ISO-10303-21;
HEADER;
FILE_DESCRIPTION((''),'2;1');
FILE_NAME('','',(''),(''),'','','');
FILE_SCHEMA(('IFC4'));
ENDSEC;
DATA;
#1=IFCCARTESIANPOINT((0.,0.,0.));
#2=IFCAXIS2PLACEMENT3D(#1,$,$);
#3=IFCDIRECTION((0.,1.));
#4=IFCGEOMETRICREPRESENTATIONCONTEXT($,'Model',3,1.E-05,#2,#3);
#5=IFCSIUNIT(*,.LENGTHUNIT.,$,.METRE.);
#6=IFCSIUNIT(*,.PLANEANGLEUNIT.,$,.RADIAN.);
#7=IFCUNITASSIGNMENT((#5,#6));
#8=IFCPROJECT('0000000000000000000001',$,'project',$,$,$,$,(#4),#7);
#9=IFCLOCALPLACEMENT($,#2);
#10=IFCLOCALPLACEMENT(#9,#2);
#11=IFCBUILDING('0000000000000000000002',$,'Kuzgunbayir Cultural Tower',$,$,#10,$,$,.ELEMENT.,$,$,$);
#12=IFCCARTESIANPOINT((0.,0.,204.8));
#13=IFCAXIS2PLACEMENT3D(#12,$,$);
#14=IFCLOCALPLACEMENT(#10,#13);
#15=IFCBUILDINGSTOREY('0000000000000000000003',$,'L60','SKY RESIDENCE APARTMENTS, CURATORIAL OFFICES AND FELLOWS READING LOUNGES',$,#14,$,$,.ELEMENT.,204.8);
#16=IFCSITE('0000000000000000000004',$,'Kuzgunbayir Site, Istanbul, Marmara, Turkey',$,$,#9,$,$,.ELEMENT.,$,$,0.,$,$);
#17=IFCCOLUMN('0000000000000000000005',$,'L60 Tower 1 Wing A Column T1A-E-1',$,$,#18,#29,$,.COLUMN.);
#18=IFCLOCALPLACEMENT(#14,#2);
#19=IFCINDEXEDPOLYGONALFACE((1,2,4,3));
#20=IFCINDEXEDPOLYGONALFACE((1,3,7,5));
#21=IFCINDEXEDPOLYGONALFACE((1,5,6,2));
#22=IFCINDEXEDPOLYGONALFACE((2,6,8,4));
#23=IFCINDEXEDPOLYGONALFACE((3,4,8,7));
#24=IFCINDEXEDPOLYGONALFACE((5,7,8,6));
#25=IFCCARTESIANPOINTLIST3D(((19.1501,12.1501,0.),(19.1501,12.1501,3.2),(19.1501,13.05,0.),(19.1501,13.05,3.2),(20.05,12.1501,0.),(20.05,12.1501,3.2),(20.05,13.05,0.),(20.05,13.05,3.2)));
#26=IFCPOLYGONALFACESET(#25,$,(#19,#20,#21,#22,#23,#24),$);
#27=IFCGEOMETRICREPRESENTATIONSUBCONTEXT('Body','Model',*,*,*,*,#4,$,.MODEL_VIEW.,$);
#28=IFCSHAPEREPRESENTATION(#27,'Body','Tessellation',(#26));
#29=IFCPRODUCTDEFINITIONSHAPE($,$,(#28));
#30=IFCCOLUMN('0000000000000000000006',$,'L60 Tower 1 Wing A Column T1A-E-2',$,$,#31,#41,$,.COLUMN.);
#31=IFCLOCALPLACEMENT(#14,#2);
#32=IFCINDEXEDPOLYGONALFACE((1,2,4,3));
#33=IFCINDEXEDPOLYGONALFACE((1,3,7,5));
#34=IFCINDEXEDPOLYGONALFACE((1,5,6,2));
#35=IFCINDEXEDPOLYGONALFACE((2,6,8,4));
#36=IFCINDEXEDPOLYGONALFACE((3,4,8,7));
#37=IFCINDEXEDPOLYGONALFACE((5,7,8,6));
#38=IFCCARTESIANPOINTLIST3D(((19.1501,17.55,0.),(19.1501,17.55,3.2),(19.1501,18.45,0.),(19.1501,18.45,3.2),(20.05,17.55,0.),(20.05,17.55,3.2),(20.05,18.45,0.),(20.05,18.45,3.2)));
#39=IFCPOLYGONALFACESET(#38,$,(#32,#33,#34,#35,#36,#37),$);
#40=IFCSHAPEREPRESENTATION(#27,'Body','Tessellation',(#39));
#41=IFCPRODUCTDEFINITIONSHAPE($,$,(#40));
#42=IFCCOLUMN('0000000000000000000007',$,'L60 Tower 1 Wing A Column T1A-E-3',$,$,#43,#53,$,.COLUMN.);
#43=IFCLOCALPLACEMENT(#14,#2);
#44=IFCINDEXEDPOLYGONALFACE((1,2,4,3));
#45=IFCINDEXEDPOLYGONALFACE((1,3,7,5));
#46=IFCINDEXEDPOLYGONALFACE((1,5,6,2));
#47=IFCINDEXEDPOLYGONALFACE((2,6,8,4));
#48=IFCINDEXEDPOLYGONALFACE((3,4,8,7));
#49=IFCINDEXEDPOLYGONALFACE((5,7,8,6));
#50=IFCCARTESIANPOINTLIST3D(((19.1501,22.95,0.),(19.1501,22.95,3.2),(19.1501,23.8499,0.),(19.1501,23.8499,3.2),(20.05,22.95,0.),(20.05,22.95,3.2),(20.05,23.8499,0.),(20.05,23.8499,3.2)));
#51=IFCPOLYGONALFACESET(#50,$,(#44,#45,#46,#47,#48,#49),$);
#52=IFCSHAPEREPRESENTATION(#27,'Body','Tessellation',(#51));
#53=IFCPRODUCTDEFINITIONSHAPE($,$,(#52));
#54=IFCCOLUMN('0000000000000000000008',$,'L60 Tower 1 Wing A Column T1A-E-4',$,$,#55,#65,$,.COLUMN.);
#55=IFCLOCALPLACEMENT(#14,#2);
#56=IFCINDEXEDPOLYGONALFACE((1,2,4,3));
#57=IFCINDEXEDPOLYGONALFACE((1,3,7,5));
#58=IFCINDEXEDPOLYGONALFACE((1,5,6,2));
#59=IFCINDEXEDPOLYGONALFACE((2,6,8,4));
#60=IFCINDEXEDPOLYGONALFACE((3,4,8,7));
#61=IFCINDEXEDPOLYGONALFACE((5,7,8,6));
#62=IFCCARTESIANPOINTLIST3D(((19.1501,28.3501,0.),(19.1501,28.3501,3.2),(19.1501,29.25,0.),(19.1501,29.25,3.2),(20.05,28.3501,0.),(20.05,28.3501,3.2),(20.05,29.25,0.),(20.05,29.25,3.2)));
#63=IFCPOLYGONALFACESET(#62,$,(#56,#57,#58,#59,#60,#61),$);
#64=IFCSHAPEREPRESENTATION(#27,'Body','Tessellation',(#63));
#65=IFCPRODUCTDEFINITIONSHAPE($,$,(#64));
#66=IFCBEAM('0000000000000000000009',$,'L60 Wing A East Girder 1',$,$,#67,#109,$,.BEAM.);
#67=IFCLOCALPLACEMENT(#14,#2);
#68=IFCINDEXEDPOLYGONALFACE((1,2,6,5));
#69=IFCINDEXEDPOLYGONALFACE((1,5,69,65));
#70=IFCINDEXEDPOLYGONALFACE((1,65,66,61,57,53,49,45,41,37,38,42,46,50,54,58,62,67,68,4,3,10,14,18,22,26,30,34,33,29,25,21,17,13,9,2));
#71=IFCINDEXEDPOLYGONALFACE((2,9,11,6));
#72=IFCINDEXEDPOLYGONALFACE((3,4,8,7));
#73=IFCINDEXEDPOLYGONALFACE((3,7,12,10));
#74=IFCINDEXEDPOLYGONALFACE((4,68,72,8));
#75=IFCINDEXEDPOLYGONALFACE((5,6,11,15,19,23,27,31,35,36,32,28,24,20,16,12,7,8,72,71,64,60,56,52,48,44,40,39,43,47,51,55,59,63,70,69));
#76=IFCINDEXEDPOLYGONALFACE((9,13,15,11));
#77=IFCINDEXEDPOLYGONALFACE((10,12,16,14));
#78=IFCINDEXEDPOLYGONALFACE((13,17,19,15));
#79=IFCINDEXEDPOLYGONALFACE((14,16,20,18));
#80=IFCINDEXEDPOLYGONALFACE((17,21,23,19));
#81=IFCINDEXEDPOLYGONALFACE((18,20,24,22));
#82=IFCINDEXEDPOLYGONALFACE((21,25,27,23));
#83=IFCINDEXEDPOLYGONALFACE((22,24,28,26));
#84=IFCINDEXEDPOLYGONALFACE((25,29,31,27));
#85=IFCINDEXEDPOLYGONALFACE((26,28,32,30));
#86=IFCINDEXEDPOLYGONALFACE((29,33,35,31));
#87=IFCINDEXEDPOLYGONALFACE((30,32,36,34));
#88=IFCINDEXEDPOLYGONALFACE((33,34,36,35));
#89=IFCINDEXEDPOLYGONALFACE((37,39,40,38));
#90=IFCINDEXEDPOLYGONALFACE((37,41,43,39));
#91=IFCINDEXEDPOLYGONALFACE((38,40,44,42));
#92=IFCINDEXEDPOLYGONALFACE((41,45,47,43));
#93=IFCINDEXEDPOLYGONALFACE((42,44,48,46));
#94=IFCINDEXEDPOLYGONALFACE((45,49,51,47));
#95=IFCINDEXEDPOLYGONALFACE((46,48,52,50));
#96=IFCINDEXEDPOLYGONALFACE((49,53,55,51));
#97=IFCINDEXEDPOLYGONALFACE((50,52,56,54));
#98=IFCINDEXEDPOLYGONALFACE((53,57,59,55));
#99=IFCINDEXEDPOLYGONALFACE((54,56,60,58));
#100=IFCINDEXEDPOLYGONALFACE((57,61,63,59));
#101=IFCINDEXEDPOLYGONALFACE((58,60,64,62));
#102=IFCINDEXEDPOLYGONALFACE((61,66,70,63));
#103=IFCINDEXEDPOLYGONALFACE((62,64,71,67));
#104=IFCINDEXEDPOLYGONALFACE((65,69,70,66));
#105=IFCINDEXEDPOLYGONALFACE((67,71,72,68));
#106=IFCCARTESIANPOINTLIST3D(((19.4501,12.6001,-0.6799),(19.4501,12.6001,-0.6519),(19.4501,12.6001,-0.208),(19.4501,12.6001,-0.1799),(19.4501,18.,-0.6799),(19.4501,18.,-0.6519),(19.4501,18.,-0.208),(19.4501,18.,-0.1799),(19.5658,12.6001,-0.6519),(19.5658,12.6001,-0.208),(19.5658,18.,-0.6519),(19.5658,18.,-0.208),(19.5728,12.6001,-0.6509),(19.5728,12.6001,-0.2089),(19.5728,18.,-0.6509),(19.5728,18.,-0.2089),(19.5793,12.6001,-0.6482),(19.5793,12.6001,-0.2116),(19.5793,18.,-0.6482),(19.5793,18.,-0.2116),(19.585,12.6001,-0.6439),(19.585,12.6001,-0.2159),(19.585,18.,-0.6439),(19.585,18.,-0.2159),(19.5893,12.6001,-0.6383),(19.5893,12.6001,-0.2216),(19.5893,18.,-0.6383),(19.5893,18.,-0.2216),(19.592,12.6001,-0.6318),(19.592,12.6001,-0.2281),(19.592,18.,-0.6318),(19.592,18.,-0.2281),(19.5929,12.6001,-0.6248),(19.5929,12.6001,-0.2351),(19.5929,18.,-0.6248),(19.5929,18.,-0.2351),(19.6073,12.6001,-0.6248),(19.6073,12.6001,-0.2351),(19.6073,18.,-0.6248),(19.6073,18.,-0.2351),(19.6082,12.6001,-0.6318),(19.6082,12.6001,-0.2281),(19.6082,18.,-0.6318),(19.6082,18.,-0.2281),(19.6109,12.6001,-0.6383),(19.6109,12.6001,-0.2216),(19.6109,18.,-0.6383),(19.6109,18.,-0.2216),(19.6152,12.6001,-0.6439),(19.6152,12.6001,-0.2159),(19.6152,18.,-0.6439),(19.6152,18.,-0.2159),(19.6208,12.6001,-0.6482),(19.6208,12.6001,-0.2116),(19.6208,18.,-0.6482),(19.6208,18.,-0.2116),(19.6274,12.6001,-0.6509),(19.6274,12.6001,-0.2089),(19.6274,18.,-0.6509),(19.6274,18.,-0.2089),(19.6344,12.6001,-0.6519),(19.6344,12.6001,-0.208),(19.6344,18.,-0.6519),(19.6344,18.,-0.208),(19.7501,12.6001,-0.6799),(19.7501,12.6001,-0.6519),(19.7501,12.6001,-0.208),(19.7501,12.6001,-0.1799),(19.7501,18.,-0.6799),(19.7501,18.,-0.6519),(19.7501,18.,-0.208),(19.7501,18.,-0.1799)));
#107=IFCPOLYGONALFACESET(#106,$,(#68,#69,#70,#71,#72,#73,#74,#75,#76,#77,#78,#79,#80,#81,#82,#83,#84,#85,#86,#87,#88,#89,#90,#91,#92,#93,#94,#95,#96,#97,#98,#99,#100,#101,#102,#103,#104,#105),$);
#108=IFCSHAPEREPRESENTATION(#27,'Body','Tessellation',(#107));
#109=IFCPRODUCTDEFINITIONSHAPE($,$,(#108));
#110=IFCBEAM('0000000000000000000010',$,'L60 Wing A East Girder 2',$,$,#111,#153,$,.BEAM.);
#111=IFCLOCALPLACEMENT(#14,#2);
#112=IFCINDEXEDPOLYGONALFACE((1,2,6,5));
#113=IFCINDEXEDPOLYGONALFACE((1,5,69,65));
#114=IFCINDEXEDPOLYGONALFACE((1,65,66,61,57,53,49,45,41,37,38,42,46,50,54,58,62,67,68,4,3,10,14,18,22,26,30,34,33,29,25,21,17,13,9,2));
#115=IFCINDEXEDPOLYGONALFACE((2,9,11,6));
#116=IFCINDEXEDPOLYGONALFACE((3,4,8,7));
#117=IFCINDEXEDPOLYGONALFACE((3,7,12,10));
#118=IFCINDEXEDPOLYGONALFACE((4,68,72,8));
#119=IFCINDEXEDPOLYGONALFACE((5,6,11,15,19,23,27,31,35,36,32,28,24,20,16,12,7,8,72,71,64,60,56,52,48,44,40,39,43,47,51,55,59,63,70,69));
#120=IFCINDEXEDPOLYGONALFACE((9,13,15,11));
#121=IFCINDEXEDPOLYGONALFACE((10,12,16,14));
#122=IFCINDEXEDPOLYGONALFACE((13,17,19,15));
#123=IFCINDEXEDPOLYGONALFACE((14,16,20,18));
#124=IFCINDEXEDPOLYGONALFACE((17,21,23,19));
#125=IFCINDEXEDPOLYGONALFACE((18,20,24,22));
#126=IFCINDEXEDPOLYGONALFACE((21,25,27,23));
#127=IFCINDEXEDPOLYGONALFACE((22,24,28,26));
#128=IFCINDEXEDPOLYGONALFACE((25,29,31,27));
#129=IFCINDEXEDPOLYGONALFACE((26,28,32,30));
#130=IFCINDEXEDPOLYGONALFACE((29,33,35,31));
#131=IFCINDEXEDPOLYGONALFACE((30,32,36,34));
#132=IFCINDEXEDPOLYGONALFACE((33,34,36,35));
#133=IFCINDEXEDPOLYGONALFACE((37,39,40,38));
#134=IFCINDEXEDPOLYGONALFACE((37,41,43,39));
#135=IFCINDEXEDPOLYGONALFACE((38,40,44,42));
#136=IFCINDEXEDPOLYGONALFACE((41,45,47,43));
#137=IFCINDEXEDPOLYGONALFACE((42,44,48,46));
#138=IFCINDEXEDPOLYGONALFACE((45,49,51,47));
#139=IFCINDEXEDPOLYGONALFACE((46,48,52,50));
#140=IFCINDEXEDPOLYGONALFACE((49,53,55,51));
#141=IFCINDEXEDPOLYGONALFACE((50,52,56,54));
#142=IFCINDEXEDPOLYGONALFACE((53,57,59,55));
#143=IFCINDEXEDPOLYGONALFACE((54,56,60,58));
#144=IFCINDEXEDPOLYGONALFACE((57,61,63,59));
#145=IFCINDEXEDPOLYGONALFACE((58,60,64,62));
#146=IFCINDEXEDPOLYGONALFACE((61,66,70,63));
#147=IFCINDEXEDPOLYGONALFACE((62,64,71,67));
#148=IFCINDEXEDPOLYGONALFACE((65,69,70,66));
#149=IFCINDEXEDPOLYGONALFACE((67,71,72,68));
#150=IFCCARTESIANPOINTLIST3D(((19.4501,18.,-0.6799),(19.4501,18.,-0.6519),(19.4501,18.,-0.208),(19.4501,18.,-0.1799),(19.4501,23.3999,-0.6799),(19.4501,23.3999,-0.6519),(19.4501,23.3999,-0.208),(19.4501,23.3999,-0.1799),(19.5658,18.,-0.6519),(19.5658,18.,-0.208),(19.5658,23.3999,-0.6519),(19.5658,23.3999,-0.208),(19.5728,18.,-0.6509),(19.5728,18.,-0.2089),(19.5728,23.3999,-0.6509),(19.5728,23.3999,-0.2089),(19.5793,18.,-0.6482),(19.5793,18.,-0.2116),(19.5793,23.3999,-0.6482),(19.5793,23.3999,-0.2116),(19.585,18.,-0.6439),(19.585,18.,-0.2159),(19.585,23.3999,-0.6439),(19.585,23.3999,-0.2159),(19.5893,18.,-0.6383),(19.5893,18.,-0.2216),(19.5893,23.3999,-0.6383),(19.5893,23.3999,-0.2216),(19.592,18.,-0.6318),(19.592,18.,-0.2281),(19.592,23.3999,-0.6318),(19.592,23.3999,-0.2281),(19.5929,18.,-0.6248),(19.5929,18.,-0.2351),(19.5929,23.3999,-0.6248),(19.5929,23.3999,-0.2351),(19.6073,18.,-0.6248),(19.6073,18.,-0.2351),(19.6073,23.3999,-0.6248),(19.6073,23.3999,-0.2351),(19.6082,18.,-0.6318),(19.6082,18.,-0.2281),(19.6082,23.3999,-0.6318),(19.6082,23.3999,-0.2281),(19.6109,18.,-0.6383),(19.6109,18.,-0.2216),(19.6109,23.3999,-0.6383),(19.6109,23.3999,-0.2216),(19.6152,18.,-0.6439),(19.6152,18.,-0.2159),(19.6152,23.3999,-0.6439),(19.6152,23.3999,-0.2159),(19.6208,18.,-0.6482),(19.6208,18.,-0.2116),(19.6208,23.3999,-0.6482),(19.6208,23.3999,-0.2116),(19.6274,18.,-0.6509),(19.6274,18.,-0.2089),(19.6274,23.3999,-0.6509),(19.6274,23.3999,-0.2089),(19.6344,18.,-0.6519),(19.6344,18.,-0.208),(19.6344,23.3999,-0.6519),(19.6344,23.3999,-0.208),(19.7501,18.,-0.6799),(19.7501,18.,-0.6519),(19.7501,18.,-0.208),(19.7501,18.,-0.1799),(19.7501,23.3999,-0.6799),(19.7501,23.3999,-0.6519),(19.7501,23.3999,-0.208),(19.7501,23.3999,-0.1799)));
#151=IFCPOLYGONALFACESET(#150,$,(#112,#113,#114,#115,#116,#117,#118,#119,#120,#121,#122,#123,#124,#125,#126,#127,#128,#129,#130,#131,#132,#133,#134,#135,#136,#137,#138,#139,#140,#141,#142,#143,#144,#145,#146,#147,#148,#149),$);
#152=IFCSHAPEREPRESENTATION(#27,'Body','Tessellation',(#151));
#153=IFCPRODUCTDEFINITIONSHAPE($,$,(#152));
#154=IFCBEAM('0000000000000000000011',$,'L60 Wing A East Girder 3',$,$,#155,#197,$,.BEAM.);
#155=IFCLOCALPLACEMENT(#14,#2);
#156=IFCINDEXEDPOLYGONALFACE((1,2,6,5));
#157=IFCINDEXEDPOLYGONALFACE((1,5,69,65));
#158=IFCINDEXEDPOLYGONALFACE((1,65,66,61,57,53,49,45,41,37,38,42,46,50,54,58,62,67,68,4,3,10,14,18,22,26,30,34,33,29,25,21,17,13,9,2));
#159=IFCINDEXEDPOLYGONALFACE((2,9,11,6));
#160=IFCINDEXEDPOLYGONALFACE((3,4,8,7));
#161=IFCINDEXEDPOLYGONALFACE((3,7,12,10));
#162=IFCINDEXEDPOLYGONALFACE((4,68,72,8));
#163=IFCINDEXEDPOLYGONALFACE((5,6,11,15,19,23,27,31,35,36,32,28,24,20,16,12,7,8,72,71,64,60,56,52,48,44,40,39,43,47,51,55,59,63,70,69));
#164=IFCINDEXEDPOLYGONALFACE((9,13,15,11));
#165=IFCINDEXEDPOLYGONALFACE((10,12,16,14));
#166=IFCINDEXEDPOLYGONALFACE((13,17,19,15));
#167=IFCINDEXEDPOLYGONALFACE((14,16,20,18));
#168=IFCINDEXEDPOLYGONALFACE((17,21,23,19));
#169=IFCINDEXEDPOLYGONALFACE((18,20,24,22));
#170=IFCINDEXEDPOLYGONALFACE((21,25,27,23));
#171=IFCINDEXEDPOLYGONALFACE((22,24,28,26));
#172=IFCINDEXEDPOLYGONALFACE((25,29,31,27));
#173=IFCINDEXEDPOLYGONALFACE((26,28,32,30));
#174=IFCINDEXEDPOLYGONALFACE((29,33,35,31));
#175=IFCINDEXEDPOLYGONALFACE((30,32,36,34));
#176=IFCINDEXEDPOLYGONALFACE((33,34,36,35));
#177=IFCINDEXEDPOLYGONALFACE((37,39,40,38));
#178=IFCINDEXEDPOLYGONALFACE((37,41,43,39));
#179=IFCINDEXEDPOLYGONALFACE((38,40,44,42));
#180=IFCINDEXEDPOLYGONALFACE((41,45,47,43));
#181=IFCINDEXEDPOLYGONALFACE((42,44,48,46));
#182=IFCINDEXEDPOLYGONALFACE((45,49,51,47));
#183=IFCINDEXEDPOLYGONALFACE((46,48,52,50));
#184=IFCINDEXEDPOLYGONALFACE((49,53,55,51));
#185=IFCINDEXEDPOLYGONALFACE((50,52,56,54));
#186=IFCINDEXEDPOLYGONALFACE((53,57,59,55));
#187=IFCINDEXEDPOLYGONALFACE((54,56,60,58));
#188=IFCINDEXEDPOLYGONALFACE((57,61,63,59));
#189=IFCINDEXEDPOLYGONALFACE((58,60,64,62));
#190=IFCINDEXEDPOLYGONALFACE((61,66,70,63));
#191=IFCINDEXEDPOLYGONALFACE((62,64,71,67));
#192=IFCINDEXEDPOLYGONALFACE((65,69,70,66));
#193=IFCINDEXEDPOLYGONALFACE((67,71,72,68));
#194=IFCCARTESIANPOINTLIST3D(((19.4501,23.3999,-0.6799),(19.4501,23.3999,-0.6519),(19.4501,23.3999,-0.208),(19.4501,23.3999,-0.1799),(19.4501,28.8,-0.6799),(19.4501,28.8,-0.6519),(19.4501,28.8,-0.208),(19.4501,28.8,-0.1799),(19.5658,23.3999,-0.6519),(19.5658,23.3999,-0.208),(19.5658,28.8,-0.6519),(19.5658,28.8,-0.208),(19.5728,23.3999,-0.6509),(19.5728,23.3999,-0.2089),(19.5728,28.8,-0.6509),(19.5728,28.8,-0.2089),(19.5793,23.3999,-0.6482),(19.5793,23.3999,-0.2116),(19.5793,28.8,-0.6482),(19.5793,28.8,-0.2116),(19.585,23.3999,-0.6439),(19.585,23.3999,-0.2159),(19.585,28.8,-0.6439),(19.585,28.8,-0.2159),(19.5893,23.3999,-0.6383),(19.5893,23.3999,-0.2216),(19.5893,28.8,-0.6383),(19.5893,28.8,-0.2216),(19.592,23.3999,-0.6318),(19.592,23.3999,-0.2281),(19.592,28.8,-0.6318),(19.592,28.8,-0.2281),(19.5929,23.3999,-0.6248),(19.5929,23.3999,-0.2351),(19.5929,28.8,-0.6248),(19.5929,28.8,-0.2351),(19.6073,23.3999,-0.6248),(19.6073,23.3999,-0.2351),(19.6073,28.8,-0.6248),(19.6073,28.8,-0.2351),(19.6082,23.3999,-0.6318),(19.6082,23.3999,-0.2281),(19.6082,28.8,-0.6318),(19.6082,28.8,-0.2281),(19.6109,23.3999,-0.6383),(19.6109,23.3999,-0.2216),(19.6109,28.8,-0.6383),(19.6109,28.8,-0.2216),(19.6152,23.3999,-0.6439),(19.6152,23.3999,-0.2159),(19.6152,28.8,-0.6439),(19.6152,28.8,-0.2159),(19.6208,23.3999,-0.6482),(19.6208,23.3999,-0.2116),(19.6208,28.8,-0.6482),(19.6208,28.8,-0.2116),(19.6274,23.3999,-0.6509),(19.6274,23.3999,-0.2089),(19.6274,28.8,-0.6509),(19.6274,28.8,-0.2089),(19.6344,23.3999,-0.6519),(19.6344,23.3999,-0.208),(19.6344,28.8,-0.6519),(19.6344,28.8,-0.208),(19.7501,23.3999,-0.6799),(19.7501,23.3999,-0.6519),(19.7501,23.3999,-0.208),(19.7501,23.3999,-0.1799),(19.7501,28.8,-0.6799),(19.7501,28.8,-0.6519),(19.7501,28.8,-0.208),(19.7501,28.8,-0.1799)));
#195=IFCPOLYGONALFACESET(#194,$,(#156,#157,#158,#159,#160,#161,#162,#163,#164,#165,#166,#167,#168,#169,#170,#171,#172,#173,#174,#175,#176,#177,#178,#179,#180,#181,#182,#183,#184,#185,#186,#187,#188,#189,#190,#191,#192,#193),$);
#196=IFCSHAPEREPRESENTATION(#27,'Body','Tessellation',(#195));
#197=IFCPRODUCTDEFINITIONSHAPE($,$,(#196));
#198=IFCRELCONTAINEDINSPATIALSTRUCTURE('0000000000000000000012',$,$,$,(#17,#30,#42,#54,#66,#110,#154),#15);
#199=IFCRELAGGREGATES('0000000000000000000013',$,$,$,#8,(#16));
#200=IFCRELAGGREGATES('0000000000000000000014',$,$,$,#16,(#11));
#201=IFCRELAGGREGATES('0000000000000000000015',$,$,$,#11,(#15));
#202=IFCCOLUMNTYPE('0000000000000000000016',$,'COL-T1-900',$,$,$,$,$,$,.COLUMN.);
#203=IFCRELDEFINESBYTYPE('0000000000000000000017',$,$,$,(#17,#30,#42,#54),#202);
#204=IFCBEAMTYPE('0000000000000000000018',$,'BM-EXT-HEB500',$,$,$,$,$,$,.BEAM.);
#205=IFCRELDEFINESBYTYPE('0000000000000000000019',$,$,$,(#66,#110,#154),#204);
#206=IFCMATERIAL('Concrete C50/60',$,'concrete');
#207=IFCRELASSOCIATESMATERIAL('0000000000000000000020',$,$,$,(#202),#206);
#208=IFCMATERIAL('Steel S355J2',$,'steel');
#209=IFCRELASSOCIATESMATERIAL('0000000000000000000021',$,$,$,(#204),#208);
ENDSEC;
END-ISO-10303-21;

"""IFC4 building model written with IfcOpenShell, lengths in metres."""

from ifc_helpers import new_model, si_unit, direction, frame, origin, origin_2d, place, context, subcontext, project, spatial, rectangle, i_section, extrude, material, material_profile, profile_set, type_object, element, save


model = new_model("IFC4")

# Units and contexts
model_context = context("Model", 3, precision=1e-05, world=origin(), true_north=direction((0.0, 1.0)))
body_context = subcontext(model_context, "Body", "Model", "MODEL_VIEW")
ifc_project = project(units=[si_unit("LENGTHUNIT", "METRE"), si_unit("PLANEANGLEUNIT", "RADIAN")], contexts=[model_context])

# Site, building, storey
site_placement = place(None, origin())
site = spatial("IfcSite", under=ifc_project, at=site_placement, Name="Kuzgunbayir Site, Istanbul, Marmara, Turkey", CompositionType="ELEMENT", RefElevation=0.0)
building_placement = place(site_placement, origin())
building = spatial("IfcBuilding", under=site, at=building_placement, Name="Kuzgunbayir Cultural Tower", CompositionType="ELEMENT")
storey_placement = place(building_placement, frame((0.0, 0.0, 204.8)))
storey = spatial("IfcBuildingStorey", under=building, at=storey_placement, Name="L60", Description="SKY RESIDENCE APARTMENTS, CURATORIAL OFFICES AND FELLOWS READING LOUNGES", CompositionType="ELEMENT", Elevation=204.8)

# Columns
ifc_material_1 = material(Name="Concrete C50/60", Category="concrete")
ifc_material_profile_1 = material_profile(ifc_material_1, rectangle(XDim=0.8999, YDim=0.8999, at=origin_2d()), Name="RC 900x900")
ifc_profile_set_1 = profile_set([ifc_material_profile_1], Name="Concrete C50/60")
column_type = type_object("IfcColumnType", Name="COL-T1-900", PredefinedType="COLUMN", material=ifc_profile_set_1)
for number, where, z_axis, x_axis, name in (
    (1, (19.6001, 12.6001, 0.0), (0.0, 0.0, 1.0), (1.0, 0.0, 0.0), "L60 Tower 1 Wing A Column T1A-E-1"),
    (2, (19.6001, 18.0, 0.0), (0.0, 0.0, 1.0), (1.0, 0.0, 0.0), "L60 Tower 1 Wing A Column T1A-E-2"),
    (3, (19.6001, 23.3999, 0.0), (0.0, 0.0, 1.0), (1.0, 0.0, 0.0), "L60 Tower 1 Wing A Column T1A-E-3"),
    (4, (19.6001, 28.8, 0.0), (0.0, 0.0, 1.0), (1.0, 0.0, 0.0), "L60 Tower 1 Wing A Column T1A-E-4"),
):
    element("IfcColumn", number, at=place(storey_placement, frame(where, z_axis=z_axis, x_axis=x_axis)), inside=storey, type_object=column_type, Name=name, PredefinedType="COLUMN", context=body_context, shape_type="SweptSolid", body=[
        extrude(rectangle(XDim=0.8999, YDim=0.8999, at=origin_2d()), origin(), (0.0, 0.0, 1.0), 3.2),
    ])

# Beams
ifc_material_2 = material(Name="Steel S355J2", Category="steel")
ifc_material_profile_2 = material_profile(ifc_material_2, i_section(OverallWidth=0.3, OverallDepth=0.5, WebThickness=0.0144, FlangeThickness=0.0281, FilletRadius=0.0271, at=origin_2d()), Name="HEB 500")
ifc_profile_set_2 = profile_set([ifc_material_profile_2], Name="Steel S355J2")
beam_type_1 = type_object("IfcBeamType", Name="BM-EXT-HEB500", PredefinedType="BEAM", material=ifc_profile_set_2)
for number, where, z_axis, x_axis, name in (
    (5, (19.6001, 12.6001, -0.4299), (0.0, 1.0, 0.0), (-1.0, 0.0, 0.0), "L60 Wing A East Girder 1"),
    (6, (19.6001, 18.0, -0.4299), (0.0, 1.0, 0.0), (-1.0, 0.0, 0.0), "L60 Wing A East Girder 2"),
):
    element("IfcBeam", number, at=place(storey_placement, frame(where, z_axis=z_axis, x_axis=x_axis)), inside=storey, type_object=beam_type_1, Name=name, PredefinedType="BEAM", context=body_context, shape_type="SweptSolid", body=[
        extrude(i_section(OverallWidth=0.3, OverallDepth=0.5, WebThickness=0.0144, FlangeThickness=0.0281, FilletRadius=0.0271, at=origin_2d()), origin(), (0.0, 0.0, 1.0), 5.3999),
    ])
beam_1_placement = place(storey_placement, frame((19.6001, 23.3999, -0.4299), z_axis=(0.0, 1.0, 0.0), x_axis=(-1.0, 0.0, 0.0)))
element("IfcBeam", 7, at=beam_1_placement, inside=storey, type_object=beam_type_1, Name="L60 Wing A East Girder 3", PredefinedType="BEAM", context=body_context, shape_type="SweptSolid", body=[
    extrude(i_section(OverallWidth=0.3, OverallDepth=0.5, WebThickness=0.0144, FlangeThickness=0.0281, FilletRadius=0.0271, at=origin_2d()), origin(), (0.0, 0.0, 1.0), 5.4001),
])

save(model, "model.ifc")
